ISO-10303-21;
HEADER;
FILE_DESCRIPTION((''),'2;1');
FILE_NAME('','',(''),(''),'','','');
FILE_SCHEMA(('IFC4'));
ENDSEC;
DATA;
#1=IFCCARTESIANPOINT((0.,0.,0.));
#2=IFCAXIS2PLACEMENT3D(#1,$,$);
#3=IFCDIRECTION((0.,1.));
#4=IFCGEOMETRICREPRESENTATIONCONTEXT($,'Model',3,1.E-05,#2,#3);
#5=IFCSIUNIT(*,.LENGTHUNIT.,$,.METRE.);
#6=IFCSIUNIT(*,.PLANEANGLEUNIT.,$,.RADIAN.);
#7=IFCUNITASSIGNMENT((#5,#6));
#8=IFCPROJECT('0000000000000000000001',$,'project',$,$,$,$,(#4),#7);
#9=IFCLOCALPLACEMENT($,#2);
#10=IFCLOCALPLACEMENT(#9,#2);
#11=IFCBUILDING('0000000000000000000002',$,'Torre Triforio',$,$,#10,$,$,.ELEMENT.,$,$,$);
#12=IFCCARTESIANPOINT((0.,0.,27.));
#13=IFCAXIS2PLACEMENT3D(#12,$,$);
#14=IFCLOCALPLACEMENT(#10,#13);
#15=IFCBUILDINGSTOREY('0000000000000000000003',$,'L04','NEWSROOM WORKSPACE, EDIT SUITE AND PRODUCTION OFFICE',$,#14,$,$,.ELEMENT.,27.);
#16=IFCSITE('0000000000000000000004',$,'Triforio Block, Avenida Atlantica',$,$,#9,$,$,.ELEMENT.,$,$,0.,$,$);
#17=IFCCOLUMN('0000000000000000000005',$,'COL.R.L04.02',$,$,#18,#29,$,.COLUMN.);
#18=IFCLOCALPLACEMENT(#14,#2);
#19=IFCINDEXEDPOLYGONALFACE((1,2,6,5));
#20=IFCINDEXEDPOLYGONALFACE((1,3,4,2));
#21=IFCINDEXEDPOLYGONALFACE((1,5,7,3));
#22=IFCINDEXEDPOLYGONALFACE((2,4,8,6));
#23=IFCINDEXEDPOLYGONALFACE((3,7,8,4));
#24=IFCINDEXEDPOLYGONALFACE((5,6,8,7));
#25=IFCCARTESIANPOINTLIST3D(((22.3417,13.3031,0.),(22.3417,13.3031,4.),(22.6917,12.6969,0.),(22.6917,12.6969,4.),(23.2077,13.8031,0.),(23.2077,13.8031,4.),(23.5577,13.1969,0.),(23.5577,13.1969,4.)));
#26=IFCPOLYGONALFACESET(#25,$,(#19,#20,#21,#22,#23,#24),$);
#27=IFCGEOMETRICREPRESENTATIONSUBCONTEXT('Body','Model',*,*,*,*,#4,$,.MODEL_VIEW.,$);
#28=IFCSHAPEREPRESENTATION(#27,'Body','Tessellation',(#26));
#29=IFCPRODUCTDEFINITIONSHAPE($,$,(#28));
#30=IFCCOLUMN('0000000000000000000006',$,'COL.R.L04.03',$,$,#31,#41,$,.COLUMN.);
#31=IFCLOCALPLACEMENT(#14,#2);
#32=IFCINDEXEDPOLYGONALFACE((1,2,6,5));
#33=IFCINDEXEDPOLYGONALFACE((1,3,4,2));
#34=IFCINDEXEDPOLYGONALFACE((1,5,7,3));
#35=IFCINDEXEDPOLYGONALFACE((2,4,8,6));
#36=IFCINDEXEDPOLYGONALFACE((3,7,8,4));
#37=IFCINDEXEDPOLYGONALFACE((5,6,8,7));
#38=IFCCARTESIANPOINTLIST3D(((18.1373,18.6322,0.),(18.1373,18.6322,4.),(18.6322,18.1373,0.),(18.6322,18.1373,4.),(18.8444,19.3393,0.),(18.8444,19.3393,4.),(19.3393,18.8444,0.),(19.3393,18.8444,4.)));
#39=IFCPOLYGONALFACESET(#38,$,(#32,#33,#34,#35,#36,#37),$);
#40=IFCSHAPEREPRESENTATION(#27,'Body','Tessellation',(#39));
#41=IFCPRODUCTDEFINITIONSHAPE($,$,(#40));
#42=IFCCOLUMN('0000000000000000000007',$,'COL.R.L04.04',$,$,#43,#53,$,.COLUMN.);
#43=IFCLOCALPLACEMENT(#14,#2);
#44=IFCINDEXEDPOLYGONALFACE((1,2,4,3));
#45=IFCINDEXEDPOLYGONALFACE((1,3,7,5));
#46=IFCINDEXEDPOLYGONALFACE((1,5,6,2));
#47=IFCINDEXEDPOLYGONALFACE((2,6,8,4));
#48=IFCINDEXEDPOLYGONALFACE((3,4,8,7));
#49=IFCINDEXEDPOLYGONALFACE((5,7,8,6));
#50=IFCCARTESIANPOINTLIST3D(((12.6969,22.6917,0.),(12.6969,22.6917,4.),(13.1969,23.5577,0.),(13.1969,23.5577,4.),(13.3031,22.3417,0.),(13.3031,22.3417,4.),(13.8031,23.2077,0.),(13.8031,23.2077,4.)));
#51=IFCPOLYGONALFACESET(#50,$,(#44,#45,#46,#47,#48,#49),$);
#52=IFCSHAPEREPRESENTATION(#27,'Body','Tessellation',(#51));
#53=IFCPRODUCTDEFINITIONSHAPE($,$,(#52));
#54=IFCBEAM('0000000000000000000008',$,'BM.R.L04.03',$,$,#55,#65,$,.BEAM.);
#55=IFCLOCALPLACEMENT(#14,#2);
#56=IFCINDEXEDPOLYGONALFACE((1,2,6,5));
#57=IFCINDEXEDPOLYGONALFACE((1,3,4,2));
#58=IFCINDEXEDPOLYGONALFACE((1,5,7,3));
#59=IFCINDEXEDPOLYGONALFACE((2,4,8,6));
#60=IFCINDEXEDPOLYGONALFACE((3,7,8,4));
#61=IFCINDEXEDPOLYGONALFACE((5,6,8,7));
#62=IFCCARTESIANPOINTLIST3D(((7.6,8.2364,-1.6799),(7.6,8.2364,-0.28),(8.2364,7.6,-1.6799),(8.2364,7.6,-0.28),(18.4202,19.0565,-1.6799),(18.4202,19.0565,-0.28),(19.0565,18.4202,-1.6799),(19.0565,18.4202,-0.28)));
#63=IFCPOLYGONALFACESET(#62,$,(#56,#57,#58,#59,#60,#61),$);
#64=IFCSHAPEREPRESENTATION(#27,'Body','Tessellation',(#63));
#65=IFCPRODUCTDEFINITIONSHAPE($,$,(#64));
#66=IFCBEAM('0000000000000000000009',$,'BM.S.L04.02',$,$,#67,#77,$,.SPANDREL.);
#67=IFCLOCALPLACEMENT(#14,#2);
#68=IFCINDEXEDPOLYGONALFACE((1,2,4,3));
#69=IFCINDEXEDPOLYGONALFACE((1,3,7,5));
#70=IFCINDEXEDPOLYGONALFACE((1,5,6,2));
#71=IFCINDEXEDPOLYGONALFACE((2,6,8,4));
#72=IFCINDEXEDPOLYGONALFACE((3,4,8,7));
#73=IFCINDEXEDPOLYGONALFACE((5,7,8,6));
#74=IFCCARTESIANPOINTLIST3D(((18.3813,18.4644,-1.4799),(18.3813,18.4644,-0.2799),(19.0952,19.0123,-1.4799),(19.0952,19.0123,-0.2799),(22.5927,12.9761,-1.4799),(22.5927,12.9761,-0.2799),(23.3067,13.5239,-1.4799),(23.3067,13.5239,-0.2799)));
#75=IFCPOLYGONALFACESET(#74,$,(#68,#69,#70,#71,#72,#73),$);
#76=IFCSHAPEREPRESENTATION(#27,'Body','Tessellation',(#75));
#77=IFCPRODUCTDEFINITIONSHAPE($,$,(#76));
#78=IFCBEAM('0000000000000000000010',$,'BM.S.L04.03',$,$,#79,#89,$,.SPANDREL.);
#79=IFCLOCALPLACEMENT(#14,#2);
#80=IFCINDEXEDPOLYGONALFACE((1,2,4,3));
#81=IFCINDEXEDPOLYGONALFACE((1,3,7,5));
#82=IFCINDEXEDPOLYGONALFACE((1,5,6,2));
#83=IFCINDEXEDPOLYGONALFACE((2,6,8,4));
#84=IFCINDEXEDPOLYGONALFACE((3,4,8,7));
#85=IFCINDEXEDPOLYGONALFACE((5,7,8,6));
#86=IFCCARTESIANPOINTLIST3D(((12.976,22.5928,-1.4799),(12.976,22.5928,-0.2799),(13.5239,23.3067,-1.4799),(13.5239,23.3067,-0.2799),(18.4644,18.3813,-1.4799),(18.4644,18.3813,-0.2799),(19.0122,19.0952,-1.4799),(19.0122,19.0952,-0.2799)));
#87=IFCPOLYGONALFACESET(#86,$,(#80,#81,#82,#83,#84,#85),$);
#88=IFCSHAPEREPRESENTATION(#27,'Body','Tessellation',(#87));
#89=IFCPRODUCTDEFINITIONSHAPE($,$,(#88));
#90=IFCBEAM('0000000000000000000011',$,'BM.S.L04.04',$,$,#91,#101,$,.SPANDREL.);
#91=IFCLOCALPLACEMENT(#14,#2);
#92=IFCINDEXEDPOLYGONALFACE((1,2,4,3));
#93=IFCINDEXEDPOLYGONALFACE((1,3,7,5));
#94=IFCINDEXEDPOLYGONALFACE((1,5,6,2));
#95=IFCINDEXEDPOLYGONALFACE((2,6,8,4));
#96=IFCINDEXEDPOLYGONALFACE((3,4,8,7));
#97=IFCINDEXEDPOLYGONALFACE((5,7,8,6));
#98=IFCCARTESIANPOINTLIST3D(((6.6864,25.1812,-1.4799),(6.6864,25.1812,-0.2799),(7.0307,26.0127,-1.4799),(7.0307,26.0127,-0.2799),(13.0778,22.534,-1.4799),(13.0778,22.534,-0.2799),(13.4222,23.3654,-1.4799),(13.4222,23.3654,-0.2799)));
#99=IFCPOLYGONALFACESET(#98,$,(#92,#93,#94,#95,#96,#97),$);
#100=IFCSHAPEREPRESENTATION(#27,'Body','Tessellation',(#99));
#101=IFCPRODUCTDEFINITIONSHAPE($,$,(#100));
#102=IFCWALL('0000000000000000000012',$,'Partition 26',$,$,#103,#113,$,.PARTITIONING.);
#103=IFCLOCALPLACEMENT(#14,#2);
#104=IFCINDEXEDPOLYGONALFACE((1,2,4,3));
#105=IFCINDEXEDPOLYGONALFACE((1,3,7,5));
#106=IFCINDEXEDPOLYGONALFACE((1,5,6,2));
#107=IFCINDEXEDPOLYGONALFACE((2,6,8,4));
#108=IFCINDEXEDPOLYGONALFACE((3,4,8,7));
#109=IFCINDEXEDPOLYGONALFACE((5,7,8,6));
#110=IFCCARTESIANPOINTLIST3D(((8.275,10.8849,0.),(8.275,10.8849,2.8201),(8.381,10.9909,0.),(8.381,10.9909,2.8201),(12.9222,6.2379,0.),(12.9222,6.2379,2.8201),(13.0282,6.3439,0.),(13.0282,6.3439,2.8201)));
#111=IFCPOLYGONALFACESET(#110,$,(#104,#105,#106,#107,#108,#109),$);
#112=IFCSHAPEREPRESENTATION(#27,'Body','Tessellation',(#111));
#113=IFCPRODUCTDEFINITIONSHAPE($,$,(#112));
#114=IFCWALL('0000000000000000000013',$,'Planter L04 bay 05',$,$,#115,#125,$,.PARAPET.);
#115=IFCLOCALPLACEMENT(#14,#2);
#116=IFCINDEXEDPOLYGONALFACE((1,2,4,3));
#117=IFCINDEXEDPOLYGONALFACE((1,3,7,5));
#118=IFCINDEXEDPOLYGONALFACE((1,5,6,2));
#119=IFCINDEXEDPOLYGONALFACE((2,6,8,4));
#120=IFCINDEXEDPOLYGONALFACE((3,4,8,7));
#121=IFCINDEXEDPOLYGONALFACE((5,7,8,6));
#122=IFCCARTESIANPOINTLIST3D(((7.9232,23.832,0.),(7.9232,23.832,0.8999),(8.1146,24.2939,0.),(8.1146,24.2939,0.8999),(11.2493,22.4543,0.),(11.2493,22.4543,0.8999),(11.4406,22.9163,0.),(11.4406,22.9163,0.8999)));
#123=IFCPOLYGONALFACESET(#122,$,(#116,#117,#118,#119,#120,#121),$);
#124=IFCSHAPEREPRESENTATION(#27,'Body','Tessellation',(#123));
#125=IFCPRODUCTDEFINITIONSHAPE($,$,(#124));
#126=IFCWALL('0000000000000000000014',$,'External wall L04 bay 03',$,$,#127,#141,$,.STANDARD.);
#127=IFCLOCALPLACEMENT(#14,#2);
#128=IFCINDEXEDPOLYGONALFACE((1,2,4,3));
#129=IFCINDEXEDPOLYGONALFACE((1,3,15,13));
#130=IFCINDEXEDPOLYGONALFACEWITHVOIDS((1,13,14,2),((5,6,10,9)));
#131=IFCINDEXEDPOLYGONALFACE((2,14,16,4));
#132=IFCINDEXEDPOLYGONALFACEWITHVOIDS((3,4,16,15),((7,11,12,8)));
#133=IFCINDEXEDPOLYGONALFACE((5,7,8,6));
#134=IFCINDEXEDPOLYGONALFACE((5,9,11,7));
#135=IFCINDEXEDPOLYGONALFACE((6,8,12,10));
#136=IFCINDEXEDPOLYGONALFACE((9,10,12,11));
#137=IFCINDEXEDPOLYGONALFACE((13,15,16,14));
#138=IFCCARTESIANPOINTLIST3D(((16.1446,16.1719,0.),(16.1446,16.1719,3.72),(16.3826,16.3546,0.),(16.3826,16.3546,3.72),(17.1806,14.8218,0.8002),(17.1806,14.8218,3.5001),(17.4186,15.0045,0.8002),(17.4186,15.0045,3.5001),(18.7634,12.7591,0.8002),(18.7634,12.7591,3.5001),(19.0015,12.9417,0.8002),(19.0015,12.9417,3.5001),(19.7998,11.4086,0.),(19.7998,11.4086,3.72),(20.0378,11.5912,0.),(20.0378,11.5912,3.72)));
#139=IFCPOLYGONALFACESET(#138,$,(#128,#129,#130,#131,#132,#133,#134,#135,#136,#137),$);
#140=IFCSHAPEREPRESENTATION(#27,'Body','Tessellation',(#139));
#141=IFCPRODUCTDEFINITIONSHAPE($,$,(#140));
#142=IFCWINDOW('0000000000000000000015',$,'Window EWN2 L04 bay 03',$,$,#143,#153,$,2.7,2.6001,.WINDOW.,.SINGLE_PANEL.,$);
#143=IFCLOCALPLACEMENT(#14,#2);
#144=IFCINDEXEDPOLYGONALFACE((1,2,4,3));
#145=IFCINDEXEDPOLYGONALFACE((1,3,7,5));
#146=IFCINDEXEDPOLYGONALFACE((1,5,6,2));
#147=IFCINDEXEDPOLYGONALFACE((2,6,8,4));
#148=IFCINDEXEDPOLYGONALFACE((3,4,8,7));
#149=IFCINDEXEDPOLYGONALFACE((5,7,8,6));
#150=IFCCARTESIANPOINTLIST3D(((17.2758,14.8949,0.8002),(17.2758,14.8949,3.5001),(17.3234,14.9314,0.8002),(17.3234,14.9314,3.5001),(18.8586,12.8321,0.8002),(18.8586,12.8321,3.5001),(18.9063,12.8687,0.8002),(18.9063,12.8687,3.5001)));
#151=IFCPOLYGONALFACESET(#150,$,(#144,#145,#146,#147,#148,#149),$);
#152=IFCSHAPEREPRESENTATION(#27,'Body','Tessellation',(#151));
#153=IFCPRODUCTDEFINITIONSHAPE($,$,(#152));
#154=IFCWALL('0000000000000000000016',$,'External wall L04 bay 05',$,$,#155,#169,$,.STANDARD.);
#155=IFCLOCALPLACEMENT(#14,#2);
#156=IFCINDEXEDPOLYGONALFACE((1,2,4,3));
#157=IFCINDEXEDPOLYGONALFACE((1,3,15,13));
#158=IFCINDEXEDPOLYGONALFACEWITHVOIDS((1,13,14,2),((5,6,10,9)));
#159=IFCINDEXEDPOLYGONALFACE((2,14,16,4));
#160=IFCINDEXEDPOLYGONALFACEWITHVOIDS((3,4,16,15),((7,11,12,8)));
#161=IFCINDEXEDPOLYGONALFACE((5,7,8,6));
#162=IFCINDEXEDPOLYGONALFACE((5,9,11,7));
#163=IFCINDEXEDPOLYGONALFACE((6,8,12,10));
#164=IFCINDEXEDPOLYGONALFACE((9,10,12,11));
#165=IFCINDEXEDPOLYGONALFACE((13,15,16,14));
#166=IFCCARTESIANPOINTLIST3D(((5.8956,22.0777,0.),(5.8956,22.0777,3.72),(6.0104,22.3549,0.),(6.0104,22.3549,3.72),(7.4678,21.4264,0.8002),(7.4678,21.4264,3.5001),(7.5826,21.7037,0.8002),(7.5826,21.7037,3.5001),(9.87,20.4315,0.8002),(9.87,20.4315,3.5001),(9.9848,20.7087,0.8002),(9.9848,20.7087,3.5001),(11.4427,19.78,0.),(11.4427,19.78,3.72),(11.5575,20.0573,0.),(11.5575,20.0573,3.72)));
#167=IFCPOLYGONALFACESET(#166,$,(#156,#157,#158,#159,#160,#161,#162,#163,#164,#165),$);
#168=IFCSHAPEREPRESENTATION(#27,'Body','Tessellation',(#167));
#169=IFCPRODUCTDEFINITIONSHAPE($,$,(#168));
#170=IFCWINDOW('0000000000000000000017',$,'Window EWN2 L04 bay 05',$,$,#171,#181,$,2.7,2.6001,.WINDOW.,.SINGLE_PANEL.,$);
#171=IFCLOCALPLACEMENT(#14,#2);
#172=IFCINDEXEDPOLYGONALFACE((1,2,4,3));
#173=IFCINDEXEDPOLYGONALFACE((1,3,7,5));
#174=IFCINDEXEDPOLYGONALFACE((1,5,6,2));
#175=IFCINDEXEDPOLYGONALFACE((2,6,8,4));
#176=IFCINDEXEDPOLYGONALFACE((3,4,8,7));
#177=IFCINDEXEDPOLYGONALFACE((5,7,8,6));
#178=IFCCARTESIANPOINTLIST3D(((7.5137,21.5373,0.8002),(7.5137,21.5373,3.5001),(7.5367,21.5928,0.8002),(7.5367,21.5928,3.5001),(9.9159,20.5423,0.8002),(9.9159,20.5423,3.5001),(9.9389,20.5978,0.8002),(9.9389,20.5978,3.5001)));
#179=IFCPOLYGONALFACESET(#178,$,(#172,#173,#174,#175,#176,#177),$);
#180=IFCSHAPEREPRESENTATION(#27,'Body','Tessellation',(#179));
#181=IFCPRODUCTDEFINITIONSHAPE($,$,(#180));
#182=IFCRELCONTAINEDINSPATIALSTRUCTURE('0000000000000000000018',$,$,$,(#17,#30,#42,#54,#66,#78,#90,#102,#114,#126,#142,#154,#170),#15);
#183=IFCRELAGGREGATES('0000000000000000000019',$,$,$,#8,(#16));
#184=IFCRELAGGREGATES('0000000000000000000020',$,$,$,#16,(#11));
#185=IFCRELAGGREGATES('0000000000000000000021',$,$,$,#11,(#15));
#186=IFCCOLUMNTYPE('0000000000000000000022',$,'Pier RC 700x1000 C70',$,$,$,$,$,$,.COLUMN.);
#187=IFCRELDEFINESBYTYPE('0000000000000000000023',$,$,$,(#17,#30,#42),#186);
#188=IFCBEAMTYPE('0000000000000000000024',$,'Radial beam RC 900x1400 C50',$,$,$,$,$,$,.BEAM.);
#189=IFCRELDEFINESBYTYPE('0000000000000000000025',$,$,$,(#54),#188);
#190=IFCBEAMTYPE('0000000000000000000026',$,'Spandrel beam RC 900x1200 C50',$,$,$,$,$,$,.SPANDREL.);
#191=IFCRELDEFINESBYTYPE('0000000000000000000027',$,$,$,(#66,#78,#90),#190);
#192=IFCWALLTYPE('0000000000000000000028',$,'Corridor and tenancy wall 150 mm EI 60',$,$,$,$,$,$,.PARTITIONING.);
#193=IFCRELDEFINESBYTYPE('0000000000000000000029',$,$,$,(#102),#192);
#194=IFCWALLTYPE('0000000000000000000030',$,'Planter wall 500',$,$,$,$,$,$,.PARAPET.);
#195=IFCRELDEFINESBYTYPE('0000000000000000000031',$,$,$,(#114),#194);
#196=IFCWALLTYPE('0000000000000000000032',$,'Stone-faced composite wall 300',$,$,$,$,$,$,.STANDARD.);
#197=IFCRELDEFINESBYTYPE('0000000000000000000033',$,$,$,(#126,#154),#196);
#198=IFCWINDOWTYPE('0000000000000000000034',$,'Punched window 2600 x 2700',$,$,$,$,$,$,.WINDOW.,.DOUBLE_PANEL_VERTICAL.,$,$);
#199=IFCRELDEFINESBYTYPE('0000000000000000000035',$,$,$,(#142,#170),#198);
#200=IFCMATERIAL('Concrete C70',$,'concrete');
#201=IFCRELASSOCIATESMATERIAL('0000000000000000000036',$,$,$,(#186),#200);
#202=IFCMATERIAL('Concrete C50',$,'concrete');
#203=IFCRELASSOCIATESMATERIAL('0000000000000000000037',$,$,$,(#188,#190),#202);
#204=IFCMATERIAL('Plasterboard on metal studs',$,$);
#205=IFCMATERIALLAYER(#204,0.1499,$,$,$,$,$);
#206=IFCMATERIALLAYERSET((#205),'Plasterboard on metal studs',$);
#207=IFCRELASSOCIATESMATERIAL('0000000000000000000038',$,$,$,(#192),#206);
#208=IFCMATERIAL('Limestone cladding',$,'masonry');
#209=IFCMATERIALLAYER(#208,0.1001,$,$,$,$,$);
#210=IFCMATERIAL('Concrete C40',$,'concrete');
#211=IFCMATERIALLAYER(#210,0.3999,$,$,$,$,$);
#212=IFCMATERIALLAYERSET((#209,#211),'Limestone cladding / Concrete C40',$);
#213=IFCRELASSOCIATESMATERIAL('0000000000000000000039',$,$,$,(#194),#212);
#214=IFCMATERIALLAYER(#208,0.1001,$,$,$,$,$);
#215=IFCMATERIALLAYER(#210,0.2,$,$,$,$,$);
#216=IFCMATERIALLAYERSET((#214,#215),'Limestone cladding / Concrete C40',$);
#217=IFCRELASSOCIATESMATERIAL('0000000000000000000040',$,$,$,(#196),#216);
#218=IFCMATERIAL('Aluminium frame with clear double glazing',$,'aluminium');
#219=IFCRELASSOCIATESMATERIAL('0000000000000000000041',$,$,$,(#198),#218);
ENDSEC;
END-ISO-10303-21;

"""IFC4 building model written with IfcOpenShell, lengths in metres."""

from ifc_helpers import new_model, si_unit, direction, frame, frame_2d, origin, origin_2d, place, context, subcontext, project, spatial, rectangle, extrude, material, layer, layer_set, material_profile, profile_set, type_object, element, fill, save


model = new_model("IFC4")

# Units and contexts
model_context = context("Model", 3, precision=1e-05, world=origin(), true_north=direction((0.0, 1.0)))
body_context = subcontext(model_context, "Body", "Model", "MODEL_VIEW")
ifc_project = project(units=[si_unit("LENGTHUNIT", "METRE"), si_unit("PLANEANGLEUNIT", "RADIAN")], contexts=[model_context])

# Site, building, storey
site_placement = place(None, origin())
site = spatial("IfcSite", under=ifc_project, at=site_placement, Name="Triforio Block, Avenida Atlantica", CompositionType="ELEMENT", RefElevation=0.0)
building_placement = place(site_placement, origin())
building = spatial("IfcBuilding", under=site, at=building_placement, Name="Torre Triforio", CompositionType="ELEMENT")
storey_placement = place(building_placement, frame((0.0, 0.0, 27.0)))
storey = spatial("IfcBuildingStorey", under=building, at=storey_placement, Name="L04", Description="NEWSROOM WORKSPACE, EDIT SUITE AND PRODUCTION OFFICE", CompositionType="ELEMENT", Elevation=27.0)

# Columns
ifc_material_1 = material(Name="Concrete C70", Category="concrete")
ifc_material_profile_1 = material_profile(ifc_material_1, rectangle(XDim=0.7, YDim=1.0, at=origin_2d()), Name="RC 700x1000")
ifc_profile_set_1 = profile_set([ifc_material_profile_1], Name="Concrete C70")
column_type = type_object("IfcColumnType", Name="Pier RC 700x1000 C70", PredefinedType="COLUMN", material=ifc_profile_set_1)
for number, where, z_axis, x_axis, name in (
    (1, (22.9497, 13.25, 0.0), (0.0, 0.0, 1.0), (-0.5, 0.866025, 0.0), "COL.R.L04.02"),
    (2, (18.7383, 18.7383, 0.0), (0.0, 0.0, 1.0), (-0.707107, 0.707107, 0.0), "COL.R.L04.03"),
    (3, (13.25, 22.9497, 0.0), (0.0, 0.0, 1.0), (-0.866025, 0.5, 0.0), "COL.R.L04.04"),
):
    element("IfcColumn", number, at=place(storey_placement, frame(where, z_axis=z_axis, x_axis=x_axis)), inside=storey, type_object=column_type, Name=name, PredefinedType="COLUMN", context=body_context, shape_type="SweptSolid", body=[
        extrude(rectangle(XDim=0.7, YDim=1.0, at=origin_2d()), origin(), (0.0, 0.0, 1.0), 4.0),
    ])

# Beams
ifc_material_2 = material(Name="Concrete C50", Category="concrete")
ifc_material_profile_2 = material_profile(ifc_material_2, rectangle(XDim=0.8999, YDim=1.3999, at=origin_2d()), Name="RC 900x1400")
ifc_profile_set_2 = profile_set([ifc_material_profile_2], Name="Concrete C50")
beam_type_1 = type_object("IfcBeamType", Name="Radial beam RC 900x1400 C50", PredefinedType="BEAM", material=ifc_profile_set_2)
beam_placement = place(storey_placement, frame((7.9182, 7.9182, -0.98), z_axis=(0.707107, 0.707107, 0.0), x_axis=(-0.707107, 0.707107, 0.0)))
element("IfcBeam", 4, at=beam_placement, inside=storey, type_object=beam_type_1, Name="BM.R.L04.03", PredefinedType="BEAM", context=body_context, shape_type="SweptSolid", body=[
    extrude(rectangle(XDim=0.8999, YDim=1.3999, at=origin_2d()), origin(), (0.0, 0.0, 1.0), 15.302),
])
ifc_material_profile_3 = material_profile(ifc_material_2, rectangle(XDim=0.8999, YDim=1.2, at=origin_2d()), Name="RC 900x1200")
ifc_profile_set_3 = profile_set([ifc_material_profile_3], Name="Concrete C50")
beam_type_2 = type_object("IfcBeamType", Name="Spandrel beam RC 900x1200 C50", PredefinedType="SPANDREL", material=ifc_profile_set_3)
for number, where, z_axis, x_axis, name in (
    (5, (22.9497, 13.25, -0.8799), (-0.608772, 0.793345, 0.0), (-0.793345, -0.608772, 0.0), "BM.S.L04.02"),
    (6, (18.7383, 18.7383, -0.8799), (-0.793345, 0.608772, 0.0), (-0.608772, -0.793345, 0.0), "BM.S.L04.03"),
    (7, (13.25, 22.9497, -0.8799), (-0.923888, 0.382662, 0.0), (-0.382662, -0.923888, 0.0), "BM.S.L04.04"),
):
    element("IfcBeam", number, at=place(storey_placement, frame(where, z_axis=z_axis, x_axis=x_axis)), inside=storey, type_object=beam_type_2, Name=name, PredefinedType="SPANDREL", context=body_context, shape_type="SweptSolid", body=[
        extrude(rectangle(XDim=0.8999, YDim=1.2, at=origin_2d()), origin(), (0.0, 0.0, 1.0), 6.918),
    ])

# Walls
ifc_material_3 = material(Name="Plasterboard on metal studs")
ifc_layer_1 = layer(ifc_material_3, 0.1499)
ifc_layer_set_1 = layer_set([ifc_layer_1], Name="Plasterboard on metal studs")
wall_type_1 = type_object("IfcWallType", Name="Corridor and tenancy wall 150 mm EI 60", PredefinedType="PARTITIONING", material=ifc_layer_set_1)
wall_1_placement = place(storey_placement, frame((8.3279, 10.938, 0.0), z_axis=(0.0, 0.0, 1.0), x_axis=(0.707125, -0.707088, 0.0)))
element("IfcWall", 8, at=wall_1_placement, inside=storey, type_object=wall_type_1, Name="Partition 26", PredefinedType="PARTITIONING", context=body_context, shape_type="SweptSolid", body=[
    extrude(rectangle(XDim=6.572, YDim=0.1499, at=frame_2d((3.2861, 0.0))), origin(), (0.0, 0.0, 1.0), 2.8201),
])
ifc_material_4 = material(Name="Limestone cladding", Category="masonry")
ifc_layer_2 = layer(ifc_material_4, 0.1001)
ifc_material_5 = material(Name="Concrete C40", Category="concrete")
ifc_layer_3 = layer(ifc_material_5, 0.3999)
ifc_layer_set_2 = layer_set([ifc_layer_2, ifc_layer_3], Name="Limestone cladding / Concrete C40")
wall_type_2 = type_object("IfcWallType", Name="Planter wall 500", PredefinedType="PARAPET", material=ifc_layer_set_2)
wall_2_placement = place(storey_placement, frame((11.345, 22.6853, 0.0), z_axis=(0.0, 0.0, 1.0), x_axis=(-0.923885, 0.382669, 0.0)))
element("IfcWall", 9, at=wall_2_placement, inside=storey, type_object=wall_type_2, Name="Planter L04 bay 05", PredefinedType="PARAPET", context=body_context, shape_type="SweptSolid", body=[
    extrude(rectangle(XDim=3.6001, YDim=0.5, at=frame_2d((1.8, 0.0))), origin(), (0.0, 0.0, 1.0), 0.8999),
])

# Wall, opening, window
ifc_layer_4 = layer(ifc_material_4, 0.1001)
ifc_layer_5 = layer(ifc_material_5, 0.2)
ifc_layer_set_3 = layer_set([ifc_layer_4, ifc_layer_5], Name="Limestone cladding / Concrete C40")
wall_type_3 = type_object("IfcWallType", Name="Stone-faced composite wall 300", PredefinedType="STANDARD", material=ifc_layer_set_3)
wall_3_placement = place(storey_placement, frame((19.9187, 11.5, 0.0), z_axis=(0.0, 0.0, 1.0), x_axis=(-0.608779, 0.79334, 0.0)))
wall_3 = element("IfcWall", 10, at=wall_3_placement, inside=storey, type_object=wall_type_3, Name="External wall L04 bay 03", PredefinedType="STANDARD", context=body_context, shape_type="SweptSolid", body=[
    extrude(rectangle(XDim=6.0042, YDim=0.3, at=frame_2d((3.002, 0.0))), origin(), (0.0, 0.0, 1.0), 3.72),
])
opening_1_placement = place(wall_3_placement, frame((1.7021, 0.0, 0.8)))
opening_1 = element("IfcOpeningElement", 11, at=opening_1_placement, cuts=wall_3, PredefinedType="OPENING", context=body_context, shape_type="SweptSolid", body=[
    extrude(rectangle(XDim=2.6001, YDim=2.7, at=frame_2d((1.3, 1.3501))), frame((0.0, 0.1599, 0.0), z_axis=(0.0, -1.0, 0.0), x_axis=(1.0, 0.0, 0.0)), (0.0, 0.0, 1.0), 0.3201),
])
ifc_material_6 = material(Name="Aluminium frame with clear double glazing", Category="aluminium")
window_type_1 = type_object("IfcWindowType", Name="Punched window 2600 x 2700", PartitioningType="DOUBLE_PANEL_VERTICAL", PredefinedType="WINDOW", material=ifc_material_6)
window_1_placement = place(opening_1_placement, origin())
window_1 = element("IfcWindow", 12, at=window_1_placement, inside=storey, type_object=window_type_1, Name="Window EWN2 L04 bay 03", OverallHeight=2.7, OverallWidth=2.6001, PartitioningType="SINGLE_PANEL", PredefinedType="WINDOW", context=body_context, shape_type="SweptSolid", body=[
    extrude(rectangle(XDim=2.6001, YDim=2.7, at=frame_2d((1.3, 1.3501))), frame((0.0, 0.03, 0.0), z_axis=(0.0, -1.0, 0.0), x_axis=(1.0, 0.0, 0.0)), (0.0, 0.0, 1.0), 0.0601),
])
fill(opening_1, window_1)

# Wall, opening, window
wall_4_placement = place(storey_placement, frame((11.5, 19.9187, 0.0), z_axis=(0.0, 0.0, 1.0), x_axis=(-0.923885, 0.382671, 0.0)))
wall_4 = element("IfcWall", 13, at=wall_4_placement, inside=storey, type_object=wall_type_3, Name="External wall L04 bay 05", PredefinedType="STANDARD", context=body_context, shape_type="SweptSolid", body=[
    extrude(rectangle(XDim=6.0042, YDim=0.3, at=frame_2d((3.002, 0.0))), origin(), (0.0, 0.0, 1.0), 3.72),
])
opening_2_placement = place(wall_4_placement, frame((1.7021, 0.0, 0.8)))
opening_2 = element("IfcOpeningElement", 14, at=opening_2_placement, cuts=wall_4, PredefinedType="OPENING", context=body_context, shape_type="SweptSolid", body=[
    extrude(rectangle(XDim=2.6001, YDim=2.7, at=frame_2d((1.3, 1.3501))), frame((0.0, 0.1599, 0.0), z_axis=(0.0, -1.0, 0.0), x_axis=(1.0, 0.0, 0.0)), (0.0, 0.0, 1.0), 0.3201),
])
window_2_placement = place(opening_2_placement, origin())
window_2 = element("IfcWindow", 15, at=window_2_placement, inside=storey, type_object=window_type_1, Name="Window EWN2 L04 bay 05", OverallHeight=2.7, OverallWidth=2.6001, PartitioningType="SINGLE_PANEL", PredefinedType="WINDOW", context=body_context, shape_type="SweptSolid", body=[
    extrude(rectangle(XDim=2.6001, YDim=2.7, at=frame_2d((1.3, 1.3501))), frame((0.0, 0.03, 0.0), z_axis=(0.0, -1.0, 0.0), x_axis=(1.0, 0.0, 0.0)), (0.0, 0.0, 1.0), 0.0601),
])
fill(opening_2, window_2)

save(model, "model.ifc")
